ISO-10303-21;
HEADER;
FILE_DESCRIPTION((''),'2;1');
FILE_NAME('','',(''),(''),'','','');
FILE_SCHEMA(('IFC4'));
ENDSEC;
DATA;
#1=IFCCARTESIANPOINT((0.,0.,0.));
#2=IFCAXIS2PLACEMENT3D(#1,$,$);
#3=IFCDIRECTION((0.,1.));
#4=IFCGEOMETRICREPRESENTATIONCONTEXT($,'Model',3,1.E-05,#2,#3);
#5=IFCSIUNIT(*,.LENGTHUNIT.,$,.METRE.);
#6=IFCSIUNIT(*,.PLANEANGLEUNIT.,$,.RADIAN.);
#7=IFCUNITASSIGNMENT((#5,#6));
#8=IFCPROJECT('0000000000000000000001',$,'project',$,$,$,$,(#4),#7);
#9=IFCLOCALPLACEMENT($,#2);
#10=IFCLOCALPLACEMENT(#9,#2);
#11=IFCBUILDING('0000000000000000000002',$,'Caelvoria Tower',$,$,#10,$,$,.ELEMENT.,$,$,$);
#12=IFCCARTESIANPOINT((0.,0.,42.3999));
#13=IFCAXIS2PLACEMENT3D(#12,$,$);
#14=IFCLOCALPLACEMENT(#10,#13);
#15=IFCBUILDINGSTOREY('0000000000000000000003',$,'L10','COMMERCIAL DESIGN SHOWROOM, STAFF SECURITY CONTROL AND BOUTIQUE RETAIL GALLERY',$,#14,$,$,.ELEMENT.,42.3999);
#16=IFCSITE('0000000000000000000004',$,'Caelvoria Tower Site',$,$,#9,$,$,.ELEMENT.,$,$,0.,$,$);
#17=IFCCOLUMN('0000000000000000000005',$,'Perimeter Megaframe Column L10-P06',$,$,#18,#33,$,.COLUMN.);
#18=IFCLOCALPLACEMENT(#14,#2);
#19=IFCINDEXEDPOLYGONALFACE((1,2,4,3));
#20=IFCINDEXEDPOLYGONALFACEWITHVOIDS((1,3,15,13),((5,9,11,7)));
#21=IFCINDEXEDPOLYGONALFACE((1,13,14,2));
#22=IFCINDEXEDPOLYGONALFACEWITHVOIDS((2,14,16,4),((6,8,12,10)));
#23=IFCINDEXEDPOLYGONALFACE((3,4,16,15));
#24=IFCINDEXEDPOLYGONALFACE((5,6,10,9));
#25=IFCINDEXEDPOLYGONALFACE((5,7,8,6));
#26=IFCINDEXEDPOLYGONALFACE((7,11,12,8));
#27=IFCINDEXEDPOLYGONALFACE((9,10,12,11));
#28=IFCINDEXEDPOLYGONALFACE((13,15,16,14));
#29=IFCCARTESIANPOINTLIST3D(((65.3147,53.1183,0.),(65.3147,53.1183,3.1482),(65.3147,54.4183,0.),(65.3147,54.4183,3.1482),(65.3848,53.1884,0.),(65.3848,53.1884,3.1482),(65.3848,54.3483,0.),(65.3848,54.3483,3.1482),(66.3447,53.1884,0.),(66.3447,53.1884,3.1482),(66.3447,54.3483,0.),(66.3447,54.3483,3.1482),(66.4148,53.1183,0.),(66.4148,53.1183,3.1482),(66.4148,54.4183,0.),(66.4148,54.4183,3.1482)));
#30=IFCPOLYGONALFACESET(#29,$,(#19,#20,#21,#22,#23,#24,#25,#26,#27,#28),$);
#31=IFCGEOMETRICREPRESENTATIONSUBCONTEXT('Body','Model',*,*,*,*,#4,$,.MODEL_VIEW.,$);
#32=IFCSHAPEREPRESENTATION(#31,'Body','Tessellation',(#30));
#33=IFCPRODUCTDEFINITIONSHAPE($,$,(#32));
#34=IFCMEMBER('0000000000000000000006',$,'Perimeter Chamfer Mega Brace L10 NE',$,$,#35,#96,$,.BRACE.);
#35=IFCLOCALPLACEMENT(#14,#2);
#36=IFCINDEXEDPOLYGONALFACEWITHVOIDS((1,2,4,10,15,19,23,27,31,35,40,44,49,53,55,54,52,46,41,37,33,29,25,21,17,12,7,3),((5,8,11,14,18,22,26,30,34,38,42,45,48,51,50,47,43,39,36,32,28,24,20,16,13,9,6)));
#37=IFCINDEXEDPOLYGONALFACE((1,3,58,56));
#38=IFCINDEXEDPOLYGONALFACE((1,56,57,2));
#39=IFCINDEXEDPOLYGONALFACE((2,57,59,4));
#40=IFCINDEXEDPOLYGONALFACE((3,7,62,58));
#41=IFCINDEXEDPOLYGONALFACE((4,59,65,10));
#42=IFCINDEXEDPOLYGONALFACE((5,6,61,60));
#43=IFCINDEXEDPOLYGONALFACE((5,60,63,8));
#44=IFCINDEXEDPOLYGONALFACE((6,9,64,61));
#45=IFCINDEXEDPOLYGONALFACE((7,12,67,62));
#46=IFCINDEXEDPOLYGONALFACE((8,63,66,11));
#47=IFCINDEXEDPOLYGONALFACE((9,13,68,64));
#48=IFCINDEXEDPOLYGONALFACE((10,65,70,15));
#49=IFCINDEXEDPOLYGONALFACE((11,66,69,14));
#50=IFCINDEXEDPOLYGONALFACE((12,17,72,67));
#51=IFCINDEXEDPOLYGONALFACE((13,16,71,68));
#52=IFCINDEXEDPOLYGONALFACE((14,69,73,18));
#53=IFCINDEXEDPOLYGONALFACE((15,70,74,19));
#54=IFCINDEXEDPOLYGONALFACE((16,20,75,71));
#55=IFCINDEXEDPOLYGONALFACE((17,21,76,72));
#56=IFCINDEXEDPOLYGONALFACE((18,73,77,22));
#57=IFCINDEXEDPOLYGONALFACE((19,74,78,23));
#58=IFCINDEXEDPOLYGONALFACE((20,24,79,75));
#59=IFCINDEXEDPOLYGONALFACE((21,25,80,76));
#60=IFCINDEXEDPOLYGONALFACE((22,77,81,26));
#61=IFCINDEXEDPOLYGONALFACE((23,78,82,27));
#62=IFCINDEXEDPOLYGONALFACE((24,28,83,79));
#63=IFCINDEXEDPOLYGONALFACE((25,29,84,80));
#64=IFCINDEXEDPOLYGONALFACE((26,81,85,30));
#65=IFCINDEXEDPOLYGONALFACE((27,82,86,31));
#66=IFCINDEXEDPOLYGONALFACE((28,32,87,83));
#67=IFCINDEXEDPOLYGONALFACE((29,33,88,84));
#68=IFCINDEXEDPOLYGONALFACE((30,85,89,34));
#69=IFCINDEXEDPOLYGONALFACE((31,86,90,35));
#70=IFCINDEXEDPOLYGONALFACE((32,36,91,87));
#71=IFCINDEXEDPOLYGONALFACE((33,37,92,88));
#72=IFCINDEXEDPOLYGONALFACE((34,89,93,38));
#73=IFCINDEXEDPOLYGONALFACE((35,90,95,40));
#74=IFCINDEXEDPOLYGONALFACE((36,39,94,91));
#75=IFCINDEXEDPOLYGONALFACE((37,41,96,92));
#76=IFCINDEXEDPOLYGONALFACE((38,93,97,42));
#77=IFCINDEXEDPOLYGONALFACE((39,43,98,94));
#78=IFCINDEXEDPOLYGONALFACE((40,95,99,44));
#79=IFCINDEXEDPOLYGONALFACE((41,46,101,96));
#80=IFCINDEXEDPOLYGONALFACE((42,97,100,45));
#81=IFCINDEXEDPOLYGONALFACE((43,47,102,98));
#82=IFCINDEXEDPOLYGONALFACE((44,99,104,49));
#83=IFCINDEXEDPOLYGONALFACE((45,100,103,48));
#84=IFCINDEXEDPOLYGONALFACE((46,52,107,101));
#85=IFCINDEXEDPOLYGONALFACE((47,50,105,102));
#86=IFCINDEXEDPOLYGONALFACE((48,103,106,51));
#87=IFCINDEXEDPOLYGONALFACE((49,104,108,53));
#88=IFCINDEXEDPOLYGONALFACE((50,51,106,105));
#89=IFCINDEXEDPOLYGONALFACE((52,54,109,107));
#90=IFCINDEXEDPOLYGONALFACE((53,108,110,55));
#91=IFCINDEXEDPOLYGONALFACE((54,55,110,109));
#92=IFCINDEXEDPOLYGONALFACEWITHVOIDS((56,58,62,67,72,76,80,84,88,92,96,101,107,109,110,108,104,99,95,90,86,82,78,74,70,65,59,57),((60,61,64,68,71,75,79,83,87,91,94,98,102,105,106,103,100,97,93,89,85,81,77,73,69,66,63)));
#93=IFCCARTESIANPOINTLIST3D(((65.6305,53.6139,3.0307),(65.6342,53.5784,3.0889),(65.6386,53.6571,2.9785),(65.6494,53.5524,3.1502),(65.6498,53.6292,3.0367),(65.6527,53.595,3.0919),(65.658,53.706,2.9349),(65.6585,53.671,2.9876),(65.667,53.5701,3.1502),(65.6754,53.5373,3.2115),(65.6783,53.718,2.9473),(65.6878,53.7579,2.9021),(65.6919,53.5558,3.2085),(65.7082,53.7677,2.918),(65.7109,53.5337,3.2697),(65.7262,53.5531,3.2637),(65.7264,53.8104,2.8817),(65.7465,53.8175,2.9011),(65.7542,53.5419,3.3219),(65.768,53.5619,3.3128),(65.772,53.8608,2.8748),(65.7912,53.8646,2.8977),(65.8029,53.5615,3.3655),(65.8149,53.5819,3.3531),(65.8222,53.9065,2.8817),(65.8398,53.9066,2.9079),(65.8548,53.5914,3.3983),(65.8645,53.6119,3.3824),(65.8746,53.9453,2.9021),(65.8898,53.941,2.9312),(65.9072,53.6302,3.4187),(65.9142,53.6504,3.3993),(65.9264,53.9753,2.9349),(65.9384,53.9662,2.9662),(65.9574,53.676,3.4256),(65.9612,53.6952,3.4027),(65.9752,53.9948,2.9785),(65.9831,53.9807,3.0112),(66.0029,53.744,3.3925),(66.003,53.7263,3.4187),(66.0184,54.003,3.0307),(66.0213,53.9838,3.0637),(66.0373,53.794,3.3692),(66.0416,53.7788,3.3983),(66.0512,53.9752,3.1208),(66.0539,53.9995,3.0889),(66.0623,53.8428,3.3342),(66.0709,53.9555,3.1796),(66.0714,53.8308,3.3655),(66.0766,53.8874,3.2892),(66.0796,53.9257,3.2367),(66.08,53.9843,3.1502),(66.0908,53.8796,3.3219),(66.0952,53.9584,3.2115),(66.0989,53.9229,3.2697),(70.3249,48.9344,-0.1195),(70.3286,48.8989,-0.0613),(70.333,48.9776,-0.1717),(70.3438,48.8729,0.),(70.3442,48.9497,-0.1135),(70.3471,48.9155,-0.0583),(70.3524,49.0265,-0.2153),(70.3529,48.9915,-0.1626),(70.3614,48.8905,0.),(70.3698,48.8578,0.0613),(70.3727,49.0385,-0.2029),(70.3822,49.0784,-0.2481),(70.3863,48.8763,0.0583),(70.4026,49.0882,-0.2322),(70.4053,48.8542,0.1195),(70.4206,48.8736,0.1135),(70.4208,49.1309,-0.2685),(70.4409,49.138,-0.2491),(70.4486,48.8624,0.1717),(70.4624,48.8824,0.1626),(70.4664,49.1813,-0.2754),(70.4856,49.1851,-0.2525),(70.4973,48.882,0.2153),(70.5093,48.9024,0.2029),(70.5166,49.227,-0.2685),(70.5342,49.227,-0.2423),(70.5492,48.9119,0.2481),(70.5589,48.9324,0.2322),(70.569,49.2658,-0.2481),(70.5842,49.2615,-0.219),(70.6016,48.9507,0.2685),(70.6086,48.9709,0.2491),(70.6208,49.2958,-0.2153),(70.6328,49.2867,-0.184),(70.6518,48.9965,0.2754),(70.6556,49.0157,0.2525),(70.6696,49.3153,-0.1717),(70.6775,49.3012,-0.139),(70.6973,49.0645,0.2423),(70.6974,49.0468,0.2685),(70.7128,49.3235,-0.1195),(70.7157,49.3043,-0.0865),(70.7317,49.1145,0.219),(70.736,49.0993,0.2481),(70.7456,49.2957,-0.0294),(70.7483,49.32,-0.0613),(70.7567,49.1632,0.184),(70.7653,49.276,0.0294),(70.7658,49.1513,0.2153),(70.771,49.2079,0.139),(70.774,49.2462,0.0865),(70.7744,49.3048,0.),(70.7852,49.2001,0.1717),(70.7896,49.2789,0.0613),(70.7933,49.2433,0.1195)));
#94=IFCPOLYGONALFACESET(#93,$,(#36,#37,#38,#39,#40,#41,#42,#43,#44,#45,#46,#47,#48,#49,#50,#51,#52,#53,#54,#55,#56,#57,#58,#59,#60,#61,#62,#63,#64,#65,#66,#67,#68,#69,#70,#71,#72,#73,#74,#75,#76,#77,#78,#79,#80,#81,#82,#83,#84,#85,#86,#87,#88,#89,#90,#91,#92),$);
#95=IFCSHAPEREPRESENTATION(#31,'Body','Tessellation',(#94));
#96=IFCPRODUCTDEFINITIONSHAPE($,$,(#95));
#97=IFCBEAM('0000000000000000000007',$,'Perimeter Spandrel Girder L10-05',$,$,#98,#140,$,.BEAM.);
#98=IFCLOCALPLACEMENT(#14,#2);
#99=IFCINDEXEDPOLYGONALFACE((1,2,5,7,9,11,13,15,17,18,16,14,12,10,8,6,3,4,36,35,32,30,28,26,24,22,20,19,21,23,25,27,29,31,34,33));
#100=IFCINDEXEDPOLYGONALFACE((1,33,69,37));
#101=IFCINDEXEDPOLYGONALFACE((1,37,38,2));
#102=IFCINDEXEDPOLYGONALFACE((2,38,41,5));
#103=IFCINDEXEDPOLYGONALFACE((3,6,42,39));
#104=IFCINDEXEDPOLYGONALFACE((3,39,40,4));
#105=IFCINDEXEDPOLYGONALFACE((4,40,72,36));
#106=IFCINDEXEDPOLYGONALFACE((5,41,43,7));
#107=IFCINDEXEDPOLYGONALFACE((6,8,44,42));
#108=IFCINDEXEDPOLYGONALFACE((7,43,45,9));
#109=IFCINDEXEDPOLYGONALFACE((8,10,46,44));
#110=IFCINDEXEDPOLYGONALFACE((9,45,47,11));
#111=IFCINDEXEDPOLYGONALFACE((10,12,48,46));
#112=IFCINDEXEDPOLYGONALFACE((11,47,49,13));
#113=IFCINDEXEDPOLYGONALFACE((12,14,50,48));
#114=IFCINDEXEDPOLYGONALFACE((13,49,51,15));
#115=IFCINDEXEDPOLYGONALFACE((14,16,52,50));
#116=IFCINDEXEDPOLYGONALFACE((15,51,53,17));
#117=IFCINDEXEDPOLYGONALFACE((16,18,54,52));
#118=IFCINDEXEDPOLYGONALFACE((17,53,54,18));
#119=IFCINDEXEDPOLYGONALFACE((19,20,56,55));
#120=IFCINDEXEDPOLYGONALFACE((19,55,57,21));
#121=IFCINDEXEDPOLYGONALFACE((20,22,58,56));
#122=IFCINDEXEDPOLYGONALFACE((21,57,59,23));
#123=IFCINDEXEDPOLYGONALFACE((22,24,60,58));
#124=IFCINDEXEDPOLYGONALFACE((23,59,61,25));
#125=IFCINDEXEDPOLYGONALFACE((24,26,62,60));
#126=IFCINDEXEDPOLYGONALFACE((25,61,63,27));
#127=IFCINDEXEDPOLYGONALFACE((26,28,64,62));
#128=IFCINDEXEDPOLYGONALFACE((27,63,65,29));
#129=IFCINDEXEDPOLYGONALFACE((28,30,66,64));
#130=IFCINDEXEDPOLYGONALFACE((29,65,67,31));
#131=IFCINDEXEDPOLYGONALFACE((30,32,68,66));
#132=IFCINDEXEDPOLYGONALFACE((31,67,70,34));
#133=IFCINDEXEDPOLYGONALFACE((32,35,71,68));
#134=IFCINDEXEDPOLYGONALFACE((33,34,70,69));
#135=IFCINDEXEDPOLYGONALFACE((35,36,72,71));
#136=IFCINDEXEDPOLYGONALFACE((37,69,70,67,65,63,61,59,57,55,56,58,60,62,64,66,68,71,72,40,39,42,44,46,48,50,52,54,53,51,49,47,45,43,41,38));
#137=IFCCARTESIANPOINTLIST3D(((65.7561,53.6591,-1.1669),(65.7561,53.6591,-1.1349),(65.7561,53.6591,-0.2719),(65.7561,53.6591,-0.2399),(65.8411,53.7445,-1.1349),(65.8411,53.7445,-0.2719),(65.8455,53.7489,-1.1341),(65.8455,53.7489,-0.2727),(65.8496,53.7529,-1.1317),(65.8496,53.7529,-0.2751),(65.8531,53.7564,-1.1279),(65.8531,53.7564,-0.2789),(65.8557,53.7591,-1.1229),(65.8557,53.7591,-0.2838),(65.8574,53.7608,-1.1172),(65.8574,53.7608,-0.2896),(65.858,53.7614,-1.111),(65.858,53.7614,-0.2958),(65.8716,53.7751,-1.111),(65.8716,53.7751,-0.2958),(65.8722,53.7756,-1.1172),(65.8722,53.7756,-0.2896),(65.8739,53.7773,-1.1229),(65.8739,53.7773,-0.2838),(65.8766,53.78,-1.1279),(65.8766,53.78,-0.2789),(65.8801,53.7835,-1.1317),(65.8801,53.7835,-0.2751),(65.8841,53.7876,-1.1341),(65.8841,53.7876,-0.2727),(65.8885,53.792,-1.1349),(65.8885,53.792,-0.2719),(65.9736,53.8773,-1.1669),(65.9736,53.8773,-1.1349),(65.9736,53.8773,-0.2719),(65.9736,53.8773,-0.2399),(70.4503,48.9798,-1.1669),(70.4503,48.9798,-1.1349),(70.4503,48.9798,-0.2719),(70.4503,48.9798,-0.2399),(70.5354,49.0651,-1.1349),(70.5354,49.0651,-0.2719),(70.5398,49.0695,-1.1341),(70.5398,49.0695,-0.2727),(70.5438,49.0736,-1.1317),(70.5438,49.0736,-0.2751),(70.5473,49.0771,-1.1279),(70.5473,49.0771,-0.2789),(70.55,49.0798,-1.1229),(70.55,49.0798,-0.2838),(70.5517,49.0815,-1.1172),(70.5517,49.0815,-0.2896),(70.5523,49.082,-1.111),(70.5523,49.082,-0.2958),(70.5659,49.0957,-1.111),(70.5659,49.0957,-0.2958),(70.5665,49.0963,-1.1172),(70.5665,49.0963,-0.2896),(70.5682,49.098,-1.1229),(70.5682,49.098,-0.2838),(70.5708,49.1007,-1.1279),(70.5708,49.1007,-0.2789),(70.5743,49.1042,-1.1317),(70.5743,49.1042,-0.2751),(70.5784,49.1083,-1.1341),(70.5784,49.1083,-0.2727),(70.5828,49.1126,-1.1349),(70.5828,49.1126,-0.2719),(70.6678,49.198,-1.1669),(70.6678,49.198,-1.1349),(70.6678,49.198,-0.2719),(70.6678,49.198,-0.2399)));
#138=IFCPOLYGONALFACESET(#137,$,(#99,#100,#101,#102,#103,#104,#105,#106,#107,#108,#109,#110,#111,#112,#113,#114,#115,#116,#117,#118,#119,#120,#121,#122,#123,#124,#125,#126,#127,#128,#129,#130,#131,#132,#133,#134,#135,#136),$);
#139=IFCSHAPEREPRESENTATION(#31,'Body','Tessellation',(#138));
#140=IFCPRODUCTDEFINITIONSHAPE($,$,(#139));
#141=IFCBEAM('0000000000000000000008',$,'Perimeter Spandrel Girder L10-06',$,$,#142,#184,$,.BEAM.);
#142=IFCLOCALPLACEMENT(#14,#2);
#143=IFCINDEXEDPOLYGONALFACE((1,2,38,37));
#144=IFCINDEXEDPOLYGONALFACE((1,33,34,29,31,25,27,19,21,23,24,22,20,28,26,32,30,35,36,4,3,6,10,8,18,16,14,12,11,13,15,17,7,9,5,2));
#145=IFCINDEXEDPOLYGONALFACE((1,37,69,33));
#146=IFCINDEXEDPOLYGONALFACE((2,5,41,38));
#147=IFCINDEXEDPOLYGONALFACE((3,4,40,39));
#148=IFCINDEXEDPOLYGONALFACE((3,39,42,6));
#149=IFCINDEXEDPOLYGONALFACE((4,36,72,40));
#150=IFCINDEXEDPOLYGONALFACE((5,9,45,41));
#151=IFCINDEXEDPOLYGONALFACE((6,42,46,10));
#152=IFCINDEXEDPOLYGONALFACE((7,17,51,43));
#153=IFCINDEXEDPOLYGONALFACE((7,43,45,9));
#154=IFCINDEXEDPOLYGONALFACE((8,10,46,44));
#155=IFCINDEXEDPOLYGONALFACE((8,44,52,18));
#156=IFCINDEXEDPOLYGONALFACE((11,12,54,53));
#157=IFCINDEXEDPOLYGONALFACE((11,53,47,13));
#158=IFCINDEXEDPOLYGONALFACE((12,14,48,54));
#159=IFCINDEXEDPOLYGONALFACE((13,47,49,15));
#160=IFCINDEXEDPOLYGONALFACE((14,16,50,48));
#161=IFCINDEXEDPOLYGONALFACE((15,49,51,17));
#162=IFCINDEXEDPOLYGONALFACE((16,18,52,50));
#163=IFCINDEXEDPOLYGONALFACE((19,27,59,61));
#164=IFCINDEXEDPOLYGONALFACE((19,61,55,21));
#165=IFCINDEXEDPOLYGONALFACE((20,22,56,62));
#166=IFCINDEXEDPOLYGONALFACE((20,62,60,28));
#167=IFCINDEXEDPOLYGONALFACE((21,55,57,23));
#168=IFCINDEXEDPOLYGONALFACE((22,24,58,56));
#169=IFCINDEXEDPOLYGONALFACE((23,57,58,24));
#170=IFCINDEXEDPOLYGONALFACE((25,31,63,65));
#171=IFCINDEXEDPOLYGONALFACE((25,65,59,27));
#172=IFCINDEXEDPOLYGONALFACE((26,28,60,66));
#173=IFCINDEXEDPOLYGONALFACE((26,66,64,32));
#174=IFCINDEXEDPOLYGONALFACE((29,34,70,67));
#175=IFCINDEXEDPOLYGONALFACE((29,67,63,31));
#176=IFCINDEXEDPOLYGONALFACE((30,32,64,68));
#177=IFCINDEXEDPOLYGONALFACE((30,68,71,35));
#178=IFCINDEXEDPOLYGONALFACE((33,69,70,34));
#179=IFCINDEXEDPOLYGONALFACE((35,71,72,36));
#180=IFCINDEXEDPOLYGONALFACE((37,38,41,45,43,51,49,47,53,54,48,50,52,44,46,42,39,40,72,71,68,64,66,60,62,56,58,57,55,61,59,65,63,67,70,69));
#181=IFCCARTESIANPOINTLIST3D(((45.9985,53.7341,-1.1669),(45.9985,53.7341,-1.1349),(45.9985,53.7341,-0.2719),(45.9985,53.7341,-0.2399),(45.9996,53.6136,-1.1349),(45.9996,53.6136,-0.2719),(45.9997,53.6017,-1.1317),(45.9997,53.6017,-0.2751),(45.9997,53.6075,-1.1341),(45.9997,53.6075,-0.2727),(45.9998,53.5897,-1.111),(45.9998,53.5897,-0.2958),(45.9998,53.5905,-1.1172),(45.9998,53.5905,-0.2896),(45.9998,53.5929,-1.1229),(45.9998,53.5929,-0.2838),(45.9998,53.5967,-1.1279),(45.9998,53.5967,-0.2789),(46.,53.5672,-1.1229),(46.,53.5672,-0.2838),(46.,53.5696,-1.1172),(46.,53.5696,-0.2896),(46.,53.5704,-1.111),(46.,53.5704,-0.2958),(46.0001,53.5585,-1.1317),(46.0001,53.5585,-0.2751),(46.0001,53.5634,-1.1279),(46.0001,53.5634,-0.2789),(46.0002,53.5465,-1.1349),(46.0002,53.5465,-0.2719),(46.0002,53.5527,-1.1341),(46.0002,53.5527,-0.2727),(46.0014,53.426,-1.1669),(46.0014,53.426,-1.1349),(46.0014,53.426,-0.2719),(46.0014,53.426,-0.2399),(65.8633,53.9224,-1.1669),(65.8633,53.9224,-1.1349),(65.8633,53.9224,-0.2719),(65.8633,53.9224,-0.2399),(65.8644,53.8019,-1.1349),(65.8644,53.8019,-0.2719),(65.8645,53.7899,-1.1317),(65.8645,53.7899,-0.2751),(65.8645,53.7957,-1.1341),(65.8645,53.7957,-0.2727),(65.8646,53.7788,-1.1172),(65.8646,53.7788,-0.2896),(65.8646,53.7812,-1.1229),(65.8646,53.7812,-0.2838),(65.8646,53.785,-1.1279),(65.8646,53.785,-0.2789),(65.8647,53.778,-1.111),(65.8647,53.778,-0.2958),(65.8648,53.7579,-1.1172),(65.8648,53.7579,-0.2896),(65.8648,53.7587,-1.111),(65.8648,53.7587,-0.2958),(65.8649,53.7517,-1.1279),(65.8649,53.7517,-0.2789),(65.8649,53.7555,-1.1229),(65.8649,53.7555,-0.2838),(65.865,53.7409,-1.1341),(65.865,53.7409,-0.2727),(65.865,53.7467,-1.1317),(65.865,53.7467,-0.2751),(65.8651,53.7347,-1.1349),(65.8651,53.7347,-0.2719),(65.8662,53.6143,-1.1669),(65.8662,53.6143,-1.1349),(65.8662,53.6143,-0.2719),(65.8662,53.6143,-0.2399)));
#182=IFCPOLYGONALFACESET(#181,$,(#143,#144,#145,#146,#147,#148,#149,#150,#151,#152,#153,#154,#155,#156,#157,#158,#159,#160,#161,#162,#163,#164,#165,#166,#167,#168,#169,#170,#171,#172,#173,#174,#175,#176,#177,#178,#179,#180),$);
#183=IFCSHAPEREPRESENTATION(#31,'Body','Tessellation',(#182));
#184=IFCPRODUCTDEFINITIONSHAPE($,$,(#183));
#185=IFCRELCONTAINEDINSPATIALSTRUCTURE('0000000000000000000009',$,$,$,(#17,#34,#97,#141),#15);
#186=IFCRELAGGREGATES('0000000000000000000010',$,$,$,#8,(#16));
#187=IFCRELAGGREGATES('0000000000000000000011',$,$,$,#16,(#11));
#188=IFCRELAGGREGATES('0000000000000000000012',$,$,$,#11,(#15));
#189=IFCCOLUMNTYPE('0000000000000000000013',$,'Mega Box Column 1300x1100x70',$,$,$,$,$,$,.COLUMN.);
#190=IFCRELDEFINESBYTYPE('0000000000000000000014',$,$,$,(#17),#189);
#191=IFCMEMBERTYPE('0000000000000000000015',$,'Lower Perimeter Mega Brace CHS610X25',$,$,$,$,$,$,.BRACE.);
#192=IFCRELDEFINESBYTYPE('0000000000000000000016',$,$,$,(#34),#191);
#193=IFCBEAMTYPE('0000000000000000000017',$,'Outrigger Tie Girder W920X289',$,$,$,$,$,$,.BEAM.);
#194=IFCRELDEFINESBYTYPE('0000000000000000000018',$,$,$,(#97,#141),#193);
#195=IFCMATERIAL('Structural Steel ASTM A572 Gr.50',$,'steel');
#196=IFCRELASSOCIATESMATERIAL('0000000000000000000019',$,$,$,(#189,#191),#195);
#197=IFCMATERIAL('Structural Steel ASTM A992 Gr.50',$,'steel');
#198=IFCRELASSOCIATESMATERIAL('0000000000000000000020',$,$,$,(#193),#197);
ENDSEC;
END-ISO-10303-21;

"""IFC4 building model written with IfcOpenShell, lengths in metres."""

from ifc_helpers import new_model, si_unit, direction, frame, origin, origin_2d, place, context, subcontext, project, spatial, hollow_rectangle, hollow_circle, i_section, extrude, material, material_profile, profile_set, type_object, element, save


model = new_model("IFC4")

# Units and contexts
model_context = context("Model", 3, precision=1e-05, world=origin(), true_north=direction((0.0, 1.0)))
body_context = subcontext(model_context, "Body", "Model", "MODEL_VIEW")
ifc_project = project(units=[si_unit("LENGTHUNIT", "METRE"), si_unit("PLANEANGLEUNIT", "RADIAN")], contexts=[model_context])

# Site, building, storey
site_placement = place(None, origin())
site = spatial("IfcSite", under=ifc_project, at=site_placement, Name="Caelvoria Tower Site", CompositionType="ELEMENT", RefElevation=0.0)
building_placement = place(site_placement, origin())
building = spatial("IfcBuilding", under=site, at=building_placement, Name="Caelvoria Tower", CompositionType="ELEMENT")
storey_placement = place(building_placement, frame((0.0, 0.0, 42.3999)))
storey = spatial("IfcBuildingStorey", under=building, at=storey_placement, Name="L10", Description="COMMERCIAL DESIGN SHOWROOM, STAFF SECURITY CONTROL AND BOUTIQUE RETAIL GALLERY", CompositionType="ELEMENT", Elevation=42.3999)

# Column
ifc_material_1 = material(Name="Structural Steel ASTM A572 Gr.50", Category="steel")
ifc_material_profile_1 = material_profile(ifc_material_1, hollow_rectangle(XDim=1.1001, YDim=1.3, WallThickness=0.0701, at=origin_2d()), Name="Structural Steel ASTM A572 Gr.50")
ifc_profile_set_1 = profile_set([ifc_material_profile_1], Name="BOX1300X1100X70 - Structural Steel ASTM A572 Gr.50")
column_type = type_object("IfcColumnType", Name="Mega Box Column 1300x1100x70", PredefinedType="COLUMN", material=ifc_profile_set_1)
column_placement = place(storey_placement, frame((65.8647, 53.7683, 0.0), z_axis=(0.0, 0.0, 1.0), x_axis=(1.0, 0.0, 0.0)))
element("IfcColumn", 1, at=column_placement, inside=storey, type_object=column_type, Name="Perimeter Megaframe Column L10-P06", PredefinedType="COLUMN", context=body_context, shape_type="SweptSolid", body=[
    extrude(hollow_rectangle(XDim=1.1001, YDim=1.3, WallThickness=0.0701, at=origin_2d()), origin(), (0.0, 0.0, 1.0), 3.1482),
])

# Member
ifc_material_profile_2 = material_profile(ifc_material_1, hollow_circle(Radius=0.3049, WallThickness=0.0249, at=origin_2d()), Name="Structural Steel ASTM A572 Gr.50")
ifc_profile_set_2 = profile_set([ifc_material_profile_2], Name="CHS610X25 - Structural Steel ASTM A572 Gr.50")
member_type = type_object("IfcMemberType", Name="Lower Perimeter Mega Brace CHS610X25", PredefinedType="BRACE", material=ifc_profile_set_2)
member_placement = place(storey_placement, frame((70.5591, 49.0889, 0.0), z_axis=(-0.639663, 0.637634, 0.429248), x_axis=(-0.705982, -0.708229, 0.0)))
element("IfcMember", 2, at=member_placement, inside=storey, type_object=member_type, Name="Perimeter Chamfer Mega Brace L10 NE", PredefinedType="BRACE", context=body_context, shape_type="SweptSolid", body=[
    extrude(hollow_circle(Radius=0.3049, WallThickness=0.0249, at=origin_2d()), origin(), (0.0, 0.0, 1.0), 7.3389),
])

# Beams
ifc_material_2 = material(Name="Structural Steel ASTM A992 Gr.50", Category="steel")
ifc_material_profile_3 = material_profile(ifc_material_2, i_section(OverallWidth=0.3081, OverallDepth=0.927, WebThickness=0.0193, FlangeThickness=0.032, FilletRadius=0.0239, at=origin_2d()), Name="Structural Steel ASTM A992 Gr.50")
ifc_profile_set_3 = profile_set([ifc_material_profile_3], Name="W920X289 - Structural Steel ASTM A992 Gr.50")
beam_type = type_object("IfcBeamType", Name="Outrigger Tie Girder W920X289", PredefinedType="BEAM", material=ifc_profile_set_3)
beam_1_placement = place(storey_placement, frame((70.5591, 49.0889, -0.7034), z_axis=(-0.708229, 0.705982, 0.0), x_axis=(-0.705982, -0.708229, 0.0)))
element("IfcBeam", 3, at=beam_1_placement, inside=storey, type_object=beam_type, Name="Perimeter Spandrel Girder L10-05", PredefinedType="BEAM", context=body_context, shape_type="SweptSolid", body=[
    extrude(i_section(OverallWidth=0.3081, OverallDepth=0.927, WebThickness=0.0193, FlangeThickness=0.032, FilletRadius=0.0239, at=origin_2d()), origin(), (0.0, 0.0, 1.0), 6.6282),
])
beam_2_placement = place(storey_placement, frame((65.8647, 53.7683, -0.7034), z_axis=(-0.999955, -0.009475, 0.0), x_axis=(0.009475, -0.999955, 0.0)))
element("IfcBeam", 4, at=beam_2_placement, inside=storey, type_object=beam_type, Name="Perimeter Spandrel Girder L10-06", PredefinedType="BEAM", context=body_context, shape_type="SweptSolid", body=[
    extrude(i_section(OverallWidth=0.3081, OverallDepth=0.927, WebThickness=0.0193, FlangeThickness=0.032, FilletRadius=0.0239, at=origin_2d()), origin(), (0.0, 0.0, 1.0), 19.8657),
])

save(model, "model.ifc")
